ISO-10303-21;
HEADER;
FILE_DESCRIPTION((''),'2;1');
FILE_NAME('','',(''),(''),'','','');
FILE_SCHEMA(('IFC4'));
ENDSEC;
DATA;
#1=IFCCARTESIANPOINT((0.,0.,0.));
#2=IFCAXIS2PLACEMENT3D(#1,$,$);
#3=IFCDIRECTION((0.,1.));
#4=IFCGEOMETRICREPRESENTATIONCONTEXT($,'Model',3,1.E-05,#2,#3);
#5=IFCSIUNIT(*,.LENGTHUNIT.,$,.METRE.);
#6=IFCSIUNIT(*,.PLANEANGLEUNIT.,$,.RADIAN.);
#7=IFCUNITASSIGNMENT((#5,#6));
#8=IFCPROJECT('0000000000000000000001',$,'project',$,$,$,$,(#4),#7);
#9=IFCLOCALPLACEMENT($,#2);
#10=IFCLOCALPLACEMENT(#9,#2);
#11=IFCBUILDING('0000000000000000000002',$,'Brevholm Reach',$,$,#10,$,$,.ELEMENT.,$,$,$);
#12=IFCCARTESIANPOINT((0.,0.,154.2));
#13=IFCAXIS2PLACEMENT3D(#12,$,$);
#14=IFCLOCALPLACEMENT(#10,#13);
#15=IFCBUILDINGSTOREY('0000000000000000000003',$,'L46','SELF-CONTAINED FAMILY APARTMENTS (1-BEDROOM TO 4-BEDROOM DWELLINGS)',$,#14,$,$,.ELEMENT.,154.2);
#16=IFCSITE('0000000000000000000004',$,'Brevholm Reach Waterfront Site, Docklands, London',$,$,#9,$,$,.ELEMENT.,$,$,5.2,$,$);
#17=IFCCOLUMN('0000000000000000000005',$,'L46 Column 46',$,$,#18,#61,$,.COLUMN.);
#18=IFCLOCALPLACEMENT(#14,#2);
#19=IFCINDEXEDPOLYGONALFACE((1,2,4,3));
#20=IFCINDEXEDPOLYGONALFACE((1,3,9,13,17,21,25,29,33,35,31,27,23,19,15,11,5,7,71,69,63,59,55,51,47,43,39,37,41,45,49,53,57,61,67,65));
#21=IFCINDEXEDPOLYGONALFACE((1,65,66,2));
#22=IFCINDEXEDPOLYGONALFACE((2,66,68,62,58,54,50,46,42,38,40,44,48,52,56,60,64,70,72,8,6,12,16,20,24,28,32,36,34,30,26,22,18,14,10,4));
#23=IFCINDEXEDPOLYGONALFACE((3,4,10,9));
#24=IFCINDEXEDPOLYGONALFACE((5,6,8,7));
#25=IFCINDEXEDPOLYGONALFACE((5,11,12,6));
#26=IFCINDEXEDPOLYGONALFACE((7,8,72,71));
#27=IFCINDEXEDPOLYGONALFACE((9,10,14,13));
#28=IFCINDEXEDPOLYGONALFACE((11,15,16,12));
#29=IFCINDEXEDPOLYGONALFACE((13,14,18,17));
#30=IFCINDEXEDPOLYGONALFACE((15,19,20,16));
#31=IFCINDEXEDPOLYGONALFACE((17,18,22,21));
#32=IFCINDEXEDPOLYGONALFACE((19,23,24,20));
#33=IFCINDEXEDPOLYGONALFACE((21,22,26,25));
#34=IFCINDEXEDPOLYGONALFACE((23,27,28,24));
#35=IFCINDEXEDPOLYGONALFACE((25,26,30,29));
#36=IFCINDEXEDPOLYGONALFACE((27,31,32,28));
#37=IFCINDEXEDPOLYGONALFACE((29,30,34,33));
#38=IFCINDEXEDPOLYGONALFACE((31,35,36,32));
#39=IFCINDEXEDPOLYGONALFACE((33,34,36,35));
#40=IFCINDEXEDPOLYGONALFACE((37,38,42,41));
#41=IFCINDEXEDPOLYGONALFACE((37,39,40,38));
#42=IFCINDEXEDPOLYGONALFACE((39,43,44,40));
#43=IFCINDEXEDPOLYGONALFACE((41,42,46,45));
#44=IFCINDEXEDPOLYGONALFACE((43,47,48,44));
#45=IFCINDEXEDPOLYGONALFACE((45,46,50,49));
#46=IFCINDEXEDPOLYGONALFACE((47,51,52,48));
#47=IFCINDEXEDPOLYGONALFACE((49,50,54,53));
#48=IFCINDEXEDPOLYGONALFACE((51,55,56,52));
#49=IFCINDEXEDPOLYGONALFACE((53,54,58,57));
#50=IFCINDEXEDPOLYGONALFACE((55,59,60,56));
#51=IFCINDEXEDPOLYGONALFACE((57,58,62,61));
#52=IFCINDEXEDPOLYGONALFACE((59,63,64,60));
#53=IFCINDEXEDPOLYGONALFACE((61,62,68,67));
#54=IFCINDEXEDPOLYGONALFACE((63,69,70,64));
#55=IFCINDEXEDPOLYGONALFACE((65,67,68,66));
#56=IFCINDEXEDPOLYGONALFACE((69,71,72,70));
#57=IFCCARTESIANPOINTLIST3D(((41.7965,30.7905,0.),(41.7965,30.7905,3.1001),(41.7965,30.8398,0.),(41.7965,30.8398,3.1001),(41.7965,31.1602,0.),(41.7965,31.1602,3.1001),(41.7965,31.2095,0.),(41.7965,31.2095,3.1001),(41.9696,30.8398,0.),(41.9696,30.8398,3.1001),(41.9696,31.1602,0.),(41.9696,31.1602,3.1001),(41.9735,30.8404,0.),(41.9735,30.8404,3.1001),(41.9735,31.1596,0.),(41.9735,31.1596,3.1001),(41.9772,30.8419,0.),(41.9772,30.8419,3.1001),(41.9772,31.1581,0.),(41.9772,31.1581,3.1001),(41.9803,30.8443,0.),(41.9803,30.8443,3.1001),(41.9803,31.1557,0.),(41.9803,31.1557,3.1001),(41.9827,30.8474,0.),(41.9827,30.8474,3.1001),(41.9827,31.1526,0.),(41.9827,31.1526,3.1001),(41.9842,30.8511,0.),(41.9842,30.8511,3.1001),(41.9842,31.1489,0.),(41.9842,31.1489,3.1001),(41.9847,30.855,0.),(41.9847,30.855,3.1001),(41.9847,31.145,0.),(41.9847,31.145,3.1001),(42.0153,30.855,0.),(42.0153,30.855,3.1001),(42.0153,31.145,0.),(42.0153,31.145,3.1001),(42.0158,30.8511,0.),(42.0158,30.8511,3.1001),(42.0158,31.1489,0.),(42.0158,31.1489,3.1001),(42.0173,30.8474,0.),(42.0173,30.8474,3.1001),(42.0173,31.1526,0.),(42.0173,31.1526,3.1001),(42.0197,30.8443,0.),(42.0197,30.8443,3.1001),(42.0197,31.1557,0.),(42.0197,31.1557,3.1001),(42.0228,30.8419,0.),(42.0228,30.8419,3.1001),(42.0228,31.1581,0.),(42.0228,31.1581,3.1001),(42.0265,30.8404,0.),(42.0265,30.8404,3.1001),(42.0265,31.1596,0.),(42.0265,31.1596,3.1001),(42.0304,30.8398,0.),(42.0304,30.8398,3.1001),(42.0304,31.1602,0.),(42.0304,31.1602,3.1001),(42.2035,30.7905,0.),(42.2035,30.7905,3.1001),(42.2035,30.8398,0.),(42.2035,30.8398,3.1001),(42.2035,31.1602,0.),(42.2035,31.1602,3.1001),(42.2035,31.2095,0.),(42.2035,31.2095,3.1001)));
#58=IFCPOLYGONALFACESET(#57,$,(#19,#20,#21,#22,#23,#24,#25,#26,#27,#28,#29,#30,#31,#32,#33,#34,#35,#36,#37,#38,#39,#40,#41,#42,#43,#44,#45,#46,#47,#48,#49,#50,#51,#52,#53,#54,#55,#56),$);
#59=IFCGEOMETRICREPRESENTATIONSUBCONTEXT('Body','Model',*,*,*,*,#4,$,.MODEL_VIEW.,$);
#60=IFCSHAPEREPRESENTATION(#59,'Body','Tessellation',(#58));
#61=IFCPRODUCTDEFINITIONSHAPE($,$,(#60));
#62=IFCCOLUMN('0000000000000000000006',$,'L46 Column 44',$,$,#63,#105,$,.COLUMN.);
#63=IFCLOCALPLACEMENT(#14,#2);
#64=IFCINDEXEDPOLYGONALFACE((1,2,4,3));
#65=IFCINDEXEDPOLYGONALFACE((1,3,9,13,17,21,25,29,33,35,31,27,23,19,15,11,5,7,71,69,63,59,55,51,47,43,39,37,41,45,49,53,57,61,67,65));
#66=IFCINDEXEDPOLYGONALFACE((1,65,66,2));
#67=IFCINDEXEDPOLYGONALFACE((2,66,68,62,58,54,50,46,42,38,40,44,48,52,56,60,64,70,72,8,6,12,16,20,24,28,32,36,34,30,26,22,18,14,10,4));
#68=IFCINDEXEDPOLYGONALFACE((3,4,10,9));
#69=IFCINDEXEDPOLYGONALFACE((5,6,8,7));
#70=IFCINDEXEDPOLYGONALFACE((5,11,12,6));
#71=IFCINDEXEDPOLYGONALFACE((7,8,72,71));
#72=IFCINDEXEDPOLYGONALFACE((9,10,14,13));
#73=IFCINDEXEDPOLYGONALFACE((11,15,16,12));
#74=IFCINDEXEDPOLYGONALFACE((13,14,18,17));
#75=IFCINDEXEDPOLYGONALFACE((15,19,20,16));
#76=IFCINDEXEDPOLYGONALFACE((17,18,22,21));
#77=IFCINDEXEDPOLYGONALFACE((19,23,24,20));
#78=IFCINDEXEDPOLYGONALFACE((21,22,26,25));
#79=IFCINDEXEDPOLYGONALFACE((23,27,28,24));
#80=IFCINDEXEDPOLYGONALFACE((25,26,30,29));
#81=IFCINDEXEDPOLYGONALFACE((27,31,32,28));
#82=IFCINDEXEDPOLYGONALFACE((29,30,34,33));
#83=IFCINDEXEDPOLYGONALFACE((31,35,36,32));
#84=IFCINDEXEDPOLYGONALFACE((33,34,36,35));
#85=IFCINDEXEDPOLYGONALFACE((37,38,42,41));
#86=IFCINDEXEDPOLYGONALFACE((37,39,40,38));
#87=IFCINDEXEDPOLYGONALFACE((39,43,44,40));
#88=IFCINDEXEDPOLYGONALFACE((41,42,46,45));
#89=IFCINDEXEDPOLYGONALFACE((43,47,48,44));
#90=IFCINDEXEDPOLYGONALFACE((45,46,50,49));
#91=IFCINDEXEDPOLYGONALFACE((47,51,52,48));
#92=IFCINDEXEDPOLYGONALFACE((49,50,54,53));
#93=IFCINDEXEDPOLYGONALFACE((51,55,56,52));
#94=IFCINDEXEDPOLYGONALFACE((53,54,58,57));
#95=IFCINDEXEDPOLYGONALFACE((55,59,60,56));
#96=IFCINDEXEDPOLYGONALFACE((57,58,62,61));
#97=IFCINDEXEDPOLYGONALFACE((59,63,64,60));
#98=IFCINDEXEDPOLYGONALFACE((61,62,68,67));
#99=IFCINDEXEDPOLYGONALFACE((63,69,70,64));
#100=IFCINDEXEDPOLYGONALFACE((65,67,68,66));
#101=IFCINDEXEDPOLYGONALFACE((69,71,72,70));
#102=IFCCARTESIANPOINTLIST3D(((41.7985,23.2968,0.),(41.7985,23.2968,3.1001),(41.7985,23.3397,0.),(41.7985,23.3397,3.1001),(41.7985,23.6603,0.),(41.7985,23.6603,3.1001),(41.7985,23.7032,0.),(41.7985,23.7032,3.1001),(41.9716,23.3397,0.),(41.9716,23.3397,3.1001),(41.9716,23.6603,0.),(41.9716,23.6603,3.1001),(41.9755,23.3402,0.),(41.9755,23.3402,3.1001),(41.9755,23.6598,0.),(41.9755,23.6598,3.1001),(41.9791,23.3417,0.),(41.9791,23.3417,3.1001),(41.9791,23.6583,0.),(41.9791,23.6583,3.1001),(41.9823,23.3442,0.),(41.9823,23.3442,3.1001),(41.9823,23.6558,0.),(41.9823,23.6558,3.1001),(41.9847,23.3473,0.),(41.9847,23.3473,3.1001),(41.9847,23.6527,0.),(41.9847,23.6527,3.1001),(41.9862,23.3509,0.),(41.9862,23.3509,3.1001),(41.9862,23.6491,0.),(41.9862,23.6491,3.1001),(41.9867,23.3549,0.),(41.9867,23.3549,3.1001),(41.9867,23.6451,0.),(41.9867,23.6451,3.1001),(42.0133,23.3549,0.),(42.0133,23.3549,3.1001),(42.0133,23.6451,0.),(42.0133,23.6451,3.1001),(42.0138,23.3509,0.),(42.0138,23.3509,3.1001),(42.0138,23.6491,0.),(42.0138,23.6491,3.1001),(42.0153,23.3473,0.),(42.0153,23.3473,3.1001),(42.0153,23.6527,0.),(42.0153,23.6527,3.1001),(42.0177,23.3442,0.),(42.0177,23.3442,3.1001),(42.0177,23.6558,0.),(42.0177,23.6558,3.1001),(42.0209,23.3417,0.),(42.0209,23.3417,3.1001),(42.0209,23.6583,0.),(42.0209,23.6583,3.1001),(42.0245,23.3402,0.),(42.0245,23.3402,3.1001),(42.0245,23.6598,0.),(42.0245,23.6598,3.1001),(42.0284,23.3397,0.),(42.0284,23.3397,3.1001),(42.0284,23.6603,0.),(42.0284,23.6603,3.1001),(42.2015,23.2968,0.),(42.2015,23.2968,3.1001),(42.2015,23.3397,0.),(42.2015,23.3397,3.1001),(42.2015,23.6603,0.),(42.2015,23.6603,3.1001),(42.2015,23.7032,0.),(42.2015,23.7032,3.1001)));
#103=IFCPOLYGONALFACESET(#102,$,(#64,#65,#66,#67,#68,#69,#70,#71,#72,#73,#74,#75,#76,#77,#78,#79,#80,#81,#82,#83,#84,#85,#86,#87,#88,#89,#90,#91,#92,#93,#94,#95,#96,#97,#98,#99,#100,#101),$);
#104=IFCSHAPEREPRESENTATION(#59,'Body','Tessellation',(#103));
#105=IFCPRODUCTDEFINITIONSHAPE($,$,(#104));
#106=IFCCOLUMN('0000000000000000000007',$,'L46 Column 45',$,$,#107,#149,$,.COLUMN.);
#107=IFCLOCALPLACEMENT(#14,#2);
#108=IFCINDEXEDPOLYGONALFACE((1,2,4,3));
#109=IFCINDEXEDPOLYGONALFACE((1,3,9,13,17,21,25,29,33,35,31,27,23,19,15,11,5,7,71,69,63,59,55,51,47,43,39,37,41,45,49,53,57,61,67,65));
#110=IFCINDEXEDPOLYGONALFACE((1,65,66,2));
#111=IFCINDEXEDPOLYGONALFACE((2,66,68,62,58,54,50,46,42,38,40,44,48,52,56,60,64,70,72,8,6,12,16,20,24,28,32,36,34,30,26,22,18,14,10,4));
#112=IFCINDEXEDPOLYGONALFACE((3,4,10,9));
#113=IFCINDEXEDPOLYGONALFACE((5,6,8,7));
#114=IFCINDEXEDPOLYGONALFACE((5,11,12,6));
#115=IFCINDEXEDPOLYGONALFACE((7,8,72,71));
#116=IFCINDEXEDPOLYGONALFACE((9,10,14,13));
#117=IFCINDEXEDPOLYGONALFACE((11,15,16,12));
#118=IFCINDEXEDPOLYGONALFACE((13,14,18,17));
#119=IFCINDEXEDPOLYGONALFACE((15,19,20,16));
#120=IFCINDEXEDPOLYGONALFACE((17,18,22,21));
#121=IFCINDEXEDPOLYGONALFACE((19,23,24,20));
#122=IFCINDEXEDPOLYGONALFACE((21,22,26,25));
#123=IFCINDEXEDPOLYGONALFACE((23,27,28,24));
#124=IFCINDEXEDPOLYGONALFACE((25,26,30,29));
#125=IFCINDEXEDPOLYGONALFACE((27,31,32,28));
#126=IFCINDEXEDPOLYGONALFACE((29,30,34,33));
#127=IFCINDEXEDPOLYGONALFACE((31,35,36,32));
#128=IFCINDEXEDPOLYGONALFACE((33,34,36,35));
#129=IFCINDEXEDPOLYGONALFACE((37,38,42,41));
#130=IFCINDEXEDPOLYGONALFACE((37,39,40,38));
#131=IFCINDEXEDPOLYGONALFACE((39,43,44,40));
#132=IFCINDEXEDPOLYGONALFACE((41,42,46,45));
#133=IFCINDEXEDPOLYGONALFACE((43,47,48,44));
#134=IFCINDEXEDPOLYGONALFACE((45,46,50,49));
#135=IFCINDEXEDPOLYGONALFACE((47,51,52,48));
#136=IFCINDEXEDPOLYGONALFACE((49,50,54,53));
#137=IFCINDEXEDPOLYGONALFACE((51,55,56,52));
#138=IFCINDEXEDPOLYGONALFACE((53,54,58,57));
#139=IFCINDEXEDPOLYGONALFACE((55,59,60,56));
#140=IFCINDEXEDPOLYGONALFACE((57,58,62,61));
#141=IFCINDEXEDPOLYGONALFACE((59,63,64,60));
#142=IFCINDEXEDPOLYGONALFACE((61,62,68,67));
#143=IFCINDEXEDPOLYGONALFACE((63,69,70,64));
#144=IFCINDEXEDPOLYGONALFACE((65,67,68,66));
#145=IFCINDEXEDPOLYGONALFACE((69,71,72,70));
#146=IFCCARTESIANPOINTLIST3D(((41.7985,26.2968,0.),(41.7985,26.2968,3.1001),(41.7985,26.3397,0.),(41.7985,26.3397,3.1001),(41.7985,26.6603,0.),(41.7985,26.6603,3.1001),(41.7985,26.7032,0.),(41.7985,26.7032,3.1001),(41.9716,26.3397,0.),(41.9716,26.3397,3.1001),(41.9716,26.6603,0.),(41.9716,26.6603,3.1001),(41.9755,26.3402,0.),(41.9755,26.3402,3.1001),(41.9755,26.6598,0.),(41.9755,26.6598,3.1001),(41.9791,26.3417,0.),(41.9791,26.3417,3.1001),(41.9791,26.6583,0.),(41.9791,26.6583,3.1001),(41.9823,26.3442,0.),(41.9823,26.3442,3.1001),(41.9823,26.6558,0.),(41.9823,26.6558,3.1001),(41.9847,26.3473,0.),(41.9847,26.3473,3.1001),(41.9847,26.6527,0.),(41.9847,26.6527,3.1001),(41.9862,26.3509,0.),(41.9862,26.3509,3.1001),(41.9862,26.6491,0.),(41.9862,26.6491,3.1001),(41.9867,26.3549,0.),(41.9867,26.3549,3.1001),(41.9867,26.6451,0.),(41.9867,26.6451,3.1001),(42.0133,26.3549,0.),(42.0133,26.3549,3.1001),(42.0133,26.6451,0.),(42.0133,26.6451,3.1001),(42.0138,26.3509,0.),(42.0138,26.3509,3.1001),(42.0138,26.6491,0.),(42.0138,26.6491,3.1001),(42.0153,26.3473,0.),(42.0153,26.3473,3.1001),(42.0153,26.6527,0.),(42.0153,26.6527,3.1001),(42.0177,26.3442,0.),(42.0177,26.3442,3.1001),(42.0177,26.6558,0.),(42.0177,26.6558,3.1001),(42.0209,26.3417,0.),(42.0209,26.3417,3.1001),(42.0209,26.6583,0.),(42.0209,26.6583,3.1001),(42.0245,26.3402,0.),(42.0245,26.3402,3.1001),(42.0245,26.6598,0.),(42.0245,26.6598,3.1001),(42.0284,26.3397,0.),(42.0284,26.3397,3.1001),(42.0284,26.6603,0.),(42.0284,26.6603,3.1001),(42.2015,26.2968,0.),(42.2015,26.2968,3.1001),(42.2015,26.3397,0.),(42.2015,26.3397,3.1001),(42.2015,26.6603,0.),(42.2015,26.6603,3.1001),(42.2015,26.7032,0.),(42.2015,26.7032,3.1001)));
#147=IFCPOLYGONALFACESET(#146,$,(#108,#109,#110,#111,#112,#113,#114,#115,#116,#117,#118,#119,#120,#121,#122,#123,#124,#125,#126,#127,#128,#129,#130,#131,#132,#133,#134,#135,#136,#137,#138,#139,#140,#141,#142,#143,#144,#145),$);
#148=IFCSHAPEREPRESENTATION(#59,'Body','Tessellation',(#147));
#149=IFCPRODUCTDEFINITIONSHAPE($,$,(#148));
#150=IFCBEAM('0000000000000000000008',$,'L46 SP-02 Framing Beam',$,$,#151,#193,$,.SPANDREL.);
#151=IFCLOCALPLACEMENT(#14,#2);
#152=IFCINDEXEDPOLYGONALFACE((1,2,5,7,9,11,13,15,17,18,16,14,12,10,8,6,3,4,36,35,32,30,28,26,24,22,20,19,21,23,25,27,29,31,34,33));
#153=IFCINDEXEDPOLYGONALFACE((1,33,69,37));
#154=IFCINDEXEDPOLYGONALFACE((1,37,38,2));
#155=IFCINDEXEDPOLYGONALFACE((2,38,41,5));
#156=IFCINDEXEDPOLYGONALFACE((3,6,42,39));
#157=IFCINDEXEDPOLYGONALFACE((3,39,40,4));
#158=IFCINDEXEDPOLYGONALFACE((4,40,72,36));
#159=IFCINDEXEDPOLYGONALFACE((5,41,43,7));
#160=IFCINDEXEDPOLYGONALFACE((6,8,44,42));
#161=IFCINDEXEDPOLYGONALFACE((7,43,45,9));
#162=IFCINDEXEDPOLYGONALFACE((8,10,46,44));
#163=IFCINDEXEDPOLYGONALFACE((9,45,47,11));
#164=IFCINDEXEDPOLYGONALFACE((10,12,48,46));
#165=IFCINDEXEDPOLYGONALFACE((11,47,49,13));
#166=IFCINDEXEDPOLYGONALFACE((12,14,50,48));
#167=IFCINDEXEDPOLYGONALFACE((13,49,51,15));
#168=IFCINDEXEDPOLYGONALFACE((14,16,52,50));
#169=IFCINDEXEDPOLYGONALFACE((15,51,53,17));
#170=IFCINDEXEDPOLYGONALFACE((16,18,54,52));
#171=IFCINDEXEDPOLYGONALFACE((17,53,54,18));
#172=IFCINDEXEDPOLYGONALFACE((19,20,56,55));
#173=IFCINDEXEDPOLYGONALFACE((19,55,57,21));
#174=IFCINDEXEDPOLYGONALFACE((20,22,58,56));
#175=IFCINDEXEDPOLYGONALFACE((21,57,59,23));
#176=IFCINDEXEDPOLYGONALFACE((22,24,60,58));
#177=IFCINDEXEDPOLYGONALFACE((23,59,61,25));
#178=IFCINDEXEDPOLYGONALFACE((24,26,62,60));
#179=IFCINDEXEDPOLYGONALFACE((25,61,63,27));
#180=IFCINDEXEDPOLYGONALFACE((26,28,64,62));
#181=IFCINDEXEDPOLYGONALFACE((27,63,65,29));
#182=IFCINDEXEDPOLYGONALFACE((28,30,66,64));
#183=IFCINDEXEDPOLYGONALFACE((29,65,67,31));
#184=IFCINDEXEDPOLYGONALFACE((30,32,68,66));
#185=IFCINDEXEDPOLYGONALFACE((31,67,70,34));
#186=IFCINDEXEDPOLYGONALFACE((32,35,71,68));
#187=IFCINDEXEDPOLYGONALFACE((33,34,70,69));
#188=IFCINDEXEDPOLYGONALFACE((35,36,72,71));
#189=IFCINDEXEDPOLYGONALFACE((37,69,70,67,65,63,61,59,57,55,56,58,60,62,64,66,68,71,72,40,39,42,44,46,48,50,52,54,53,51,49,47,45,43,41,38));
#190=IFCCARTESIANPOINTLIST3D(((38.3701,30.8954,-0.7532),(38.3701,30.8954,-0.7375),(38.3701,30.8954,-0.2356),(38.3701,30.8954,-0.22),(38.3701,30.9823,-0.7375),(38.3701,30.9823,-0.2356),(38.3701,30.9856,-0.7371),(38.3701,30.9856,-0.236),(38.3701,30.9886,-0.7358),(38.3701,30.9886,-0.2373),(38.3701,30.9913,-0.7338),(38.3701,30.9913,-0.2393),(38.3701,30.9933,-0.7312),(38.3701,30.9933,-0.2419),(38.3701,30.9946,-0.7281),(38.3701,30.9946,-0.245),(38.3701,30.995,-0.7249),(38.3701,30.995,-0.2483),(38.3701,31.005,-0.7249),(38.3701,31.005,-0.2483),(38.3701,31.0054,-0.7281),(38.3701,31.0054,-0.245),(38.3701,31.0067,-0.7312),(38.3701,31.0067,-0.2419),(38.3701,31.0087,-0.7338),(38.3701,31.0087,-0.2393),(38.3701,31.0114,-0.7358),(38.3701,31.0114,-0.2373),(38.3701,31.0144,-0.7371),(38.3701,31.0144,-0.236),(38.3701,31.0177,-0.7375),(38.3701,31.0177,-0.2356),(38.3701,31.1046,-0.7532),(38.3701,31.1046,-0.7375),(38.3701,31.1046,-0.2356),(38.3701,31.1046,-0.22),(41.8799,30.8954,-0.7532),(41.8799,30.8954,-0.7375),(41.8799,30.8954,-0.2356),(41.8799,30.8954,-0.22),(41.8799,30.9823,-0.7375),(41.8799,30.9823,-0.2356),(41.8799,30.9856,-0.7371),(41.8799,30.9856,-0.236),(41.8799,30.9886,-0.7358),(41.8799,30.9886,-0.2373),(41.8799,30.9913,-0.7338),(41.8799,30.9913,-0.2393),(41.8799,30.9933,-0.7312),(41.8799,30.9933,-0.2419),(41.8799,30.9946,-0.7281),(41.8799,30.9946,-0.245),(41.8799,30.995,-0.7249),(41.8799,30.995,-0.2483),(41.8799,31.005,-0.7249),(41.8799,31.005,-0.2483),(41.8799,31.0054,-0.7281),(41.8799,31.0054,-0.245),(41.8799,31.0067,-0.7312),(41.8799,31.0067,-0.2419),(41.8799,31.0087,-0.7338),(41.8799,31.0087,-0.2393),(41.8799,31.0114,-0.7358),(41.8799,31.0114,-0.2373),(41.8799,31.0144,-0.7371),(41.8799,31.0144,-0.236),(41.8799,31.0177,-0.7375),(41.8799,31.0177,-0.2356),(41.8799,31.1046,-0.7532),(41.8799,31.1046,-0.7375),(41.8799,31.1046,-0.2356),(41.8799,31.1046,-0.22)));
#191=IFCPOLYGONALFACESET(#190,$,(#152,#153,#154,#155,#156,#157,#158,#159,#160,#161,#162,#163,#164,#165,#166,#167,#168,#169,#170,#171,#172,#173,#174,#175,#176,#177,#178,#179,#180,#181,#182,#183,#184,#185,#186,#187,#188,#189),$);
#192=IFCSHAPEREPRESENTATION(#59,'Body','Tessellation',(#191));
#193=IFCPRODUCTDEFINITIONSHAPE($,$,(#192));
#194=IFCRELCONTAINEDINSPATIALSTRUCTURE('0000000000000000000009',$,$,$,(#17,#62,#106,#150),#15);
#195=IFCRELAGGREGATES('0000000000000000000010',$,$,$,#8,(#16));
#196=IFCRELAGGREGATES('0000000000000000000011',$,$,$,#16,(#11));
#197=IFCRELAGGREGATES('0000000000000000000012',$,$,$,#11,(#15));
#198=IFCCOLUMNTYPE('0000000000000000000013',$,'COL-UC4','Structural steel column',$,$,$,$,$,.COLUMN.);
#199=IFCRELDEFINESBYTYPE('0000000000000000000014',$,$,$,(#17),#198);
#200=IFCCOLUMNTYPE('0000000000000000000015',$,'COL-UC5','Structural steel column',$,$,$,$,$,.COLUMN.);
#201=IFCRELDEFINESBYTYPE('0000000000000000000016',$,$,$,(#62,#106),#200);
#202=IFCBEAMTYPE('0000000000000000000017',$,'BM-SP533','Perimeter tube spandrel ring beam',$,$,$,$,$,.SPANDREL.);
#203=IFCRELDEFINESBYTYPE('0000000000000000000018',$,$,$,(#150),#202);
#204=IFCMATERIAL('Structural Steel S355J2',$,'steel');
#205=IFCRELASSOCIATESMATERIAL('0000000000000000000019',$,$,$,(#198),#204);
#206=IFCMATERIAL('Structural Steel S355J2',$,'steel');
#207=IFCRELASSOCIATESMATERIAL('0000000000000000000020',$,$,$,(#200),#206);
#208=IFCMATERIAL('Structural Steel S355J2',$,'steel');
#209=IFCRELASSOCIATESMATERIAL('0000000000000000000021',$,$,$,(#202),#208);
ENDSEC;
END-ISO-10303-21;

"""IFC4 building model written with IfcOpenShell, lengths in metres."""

from ifc_helpers import new_model, si_unit, direction, frame, origin, origin_2d, place, context, subcontext, project, spatial, i_section, extrude, material, material_profile, profile_set, type_object, element, save


model = new_model("IFC4")

# Units and contexts
model_context = context("Model", 3, precision=1e-05, world=origin(), true_north=direction((0.0, 1.0)))
body_context = subcontext(model_context, "Body", "Model", "MODEL_VIEW")
ifc_project = project(units=[si_unit("LENGTHUNIT", "METRE"), si_unit("PLANEANGLEUNIT", "RADIAN")], contexts=[model_context])

# Site, building, storey
site_placement = place(None, origin())
site = spatial("IfcSite", under=ifc_project, at=site_placement, Name="Brevholm Reach Waterfront Site, Docklands, London", CompositionType="ELEMENT", RefElevation=5.2)
building_placement = place(site_placement, origin())
building = spatial("IfcBuilding", under=site, at=building_placement, Name="Brevholm Reach", CompositionType="ELEMENT")
storey_placement = place(building_placement, frame((0.0, 0.0, 154.2)))
storey = spatial("IfcBuildingStorey", under=building, at=storey_placement, Name="L46", Description="SELF-CONTAINED FAMILY APARTMENTS (1-BEDROOM TO 4-BEDROOM DWELLINGS)", CompositionType="ELEMENT", Elevation=154.2)

# Columns
ifc_material_1 = material(Name="Structural Steel S355J2", Category="steel")
ifc_material_profile_1 = material_profile(ifc_material_1, i_section(OverallWidth=0.407, OverallDepth=0.4189, WebThickness=0.0305, FlangeThickness=0.0493, FilletRadius=0.0151, at=origin_2d()), Name="UKC 356x406x393")
ifc_profile_set_1 = profile_set([ifc_material_profile_1], Name="Structural Steel S355J2")
column_type_1 = type_object("IfcColumnType", Name="COL-UC4", Description="Structural steel column", PredefinedType="COLUMN", material=ifc_profile_set_1)
column_placement = place(storey_placement, frame((42.0, 31.0, 0.0), z_axis=(0.0, 0.0, 1.0), x_axis=(1.0, 0.0, 0.0)))
element("IfcColumn", 1, at=column_placement, inside=storey, type_object=column_type_1, Name="L46 Column 46", PredefinedType="COLUMN", context=body_context, shape_type="SweptSolid", body=[
    extrude(i_section(OverallWidth=0.407, OverallDepth=0.4189, WebThickness=0.0305, FlangeThickness=0.0493, FilletRadius=0.0151, at=origin_2d()), origin(), (0.0, 0.0, 1.0), 3.1001),
])
ifc_material_2 = material(Name="Structural Steel S355J2", Category="steel")
ifc_material_profile_2 = material_profile(ifc_material_2, i_section(OverallWidth=0.4031, OverallDepth=0.4065, WebThickness=0.0266, FlangeThickness=0.043, FilletRadius=0.0151, at=origin_2d()), Name="UKC 356x406x340")
ifc_profile_set_2 = profile_set([ifc_material_profile_2], Name="Structural Steel S355J2")
column_type_2 = type_object("IfcColumnType", Name="COL-UC5", Description="Structural steel column", PredefinedType="COLUMN", material=ifc_profile_set_2)
for number, where, z_axis, x_axis, name in (
    (2, (42.0, 23.5, 0.0), (0.0, 0.0, 1.0), (1.0, 0.0, 0.0), "L46 Column 44"),
    (3, (42.0, 26.5, 0.0), (0.0, 0.0, 1.0), (1.0, 0.0, 0.0), "L46 Column 45"),
):
    element("IfcColumn", number, at=place(storey_placement, frame(where, z_axis=z_axis, x_axis=x_axis)), inside=storey, type_object=column_type_2, Name=name, PredefinedType="COLUMN", context=body_context, shape_type="SweptSolid", body=[
        extrude(i_section(OverallWidth=0.4031, OverallDepth=0.4065, WebThickness=0.0266, FlangeThickness=0.043, FilletRadius=0.0151, at=origin_2d()), origin(), (0.0, 0.0, 1.0), 3.1001),
    ])

# Beam
ifc_material_3 = material(Name="Structural Steel S355J2", Category="steel")
ifc_material_profile_3 = material_profile(ifc_material_3, i_section(OverallWidth=0.2092, OverallDepth=0.5332, WebThickness=0.01, FlangeThickness=0.0156, FilletRadius=0.0127, at=origin_2d()), Name="UKB 533x210x92")
ifc_profile_set_3 = profile_set([ifc_material_profile_3], Name="Structural Steel S355J2")
beam_type_1 = type_object("IfcBeamType", Name="BM-SP533", Description="Perimeter tube spandrel ring beam", PredefinedType="SPANDREL", material=ifc_profile_set_3)
beam_1_placement = place(storey_placement, frame((38.3701, 31.0, -0.4866), z_axis=(1.0, 0.0, 0.0), x_axis=(0.0, 1.0, 0.0)))
element("IfcBeam", 4, at=beam_1_placement, inside=storey, type_object=beam_type_1, Name="L46 SP-02 Framing Beam", PredefinedType="SPANDREL", context=body_context, shape_type="SweptSolid", body=[
    extrude(i_section(OverallWidth=0.2092, OverallDepth=0.5332, WebThickness=0.01, FlangeThickness=0.0156, FilletRadius=0.0127, at=origin_2d()), origin(), (0.0, 0.0, 1.0), 3.5098),
])

save(model, "model.ifc")
